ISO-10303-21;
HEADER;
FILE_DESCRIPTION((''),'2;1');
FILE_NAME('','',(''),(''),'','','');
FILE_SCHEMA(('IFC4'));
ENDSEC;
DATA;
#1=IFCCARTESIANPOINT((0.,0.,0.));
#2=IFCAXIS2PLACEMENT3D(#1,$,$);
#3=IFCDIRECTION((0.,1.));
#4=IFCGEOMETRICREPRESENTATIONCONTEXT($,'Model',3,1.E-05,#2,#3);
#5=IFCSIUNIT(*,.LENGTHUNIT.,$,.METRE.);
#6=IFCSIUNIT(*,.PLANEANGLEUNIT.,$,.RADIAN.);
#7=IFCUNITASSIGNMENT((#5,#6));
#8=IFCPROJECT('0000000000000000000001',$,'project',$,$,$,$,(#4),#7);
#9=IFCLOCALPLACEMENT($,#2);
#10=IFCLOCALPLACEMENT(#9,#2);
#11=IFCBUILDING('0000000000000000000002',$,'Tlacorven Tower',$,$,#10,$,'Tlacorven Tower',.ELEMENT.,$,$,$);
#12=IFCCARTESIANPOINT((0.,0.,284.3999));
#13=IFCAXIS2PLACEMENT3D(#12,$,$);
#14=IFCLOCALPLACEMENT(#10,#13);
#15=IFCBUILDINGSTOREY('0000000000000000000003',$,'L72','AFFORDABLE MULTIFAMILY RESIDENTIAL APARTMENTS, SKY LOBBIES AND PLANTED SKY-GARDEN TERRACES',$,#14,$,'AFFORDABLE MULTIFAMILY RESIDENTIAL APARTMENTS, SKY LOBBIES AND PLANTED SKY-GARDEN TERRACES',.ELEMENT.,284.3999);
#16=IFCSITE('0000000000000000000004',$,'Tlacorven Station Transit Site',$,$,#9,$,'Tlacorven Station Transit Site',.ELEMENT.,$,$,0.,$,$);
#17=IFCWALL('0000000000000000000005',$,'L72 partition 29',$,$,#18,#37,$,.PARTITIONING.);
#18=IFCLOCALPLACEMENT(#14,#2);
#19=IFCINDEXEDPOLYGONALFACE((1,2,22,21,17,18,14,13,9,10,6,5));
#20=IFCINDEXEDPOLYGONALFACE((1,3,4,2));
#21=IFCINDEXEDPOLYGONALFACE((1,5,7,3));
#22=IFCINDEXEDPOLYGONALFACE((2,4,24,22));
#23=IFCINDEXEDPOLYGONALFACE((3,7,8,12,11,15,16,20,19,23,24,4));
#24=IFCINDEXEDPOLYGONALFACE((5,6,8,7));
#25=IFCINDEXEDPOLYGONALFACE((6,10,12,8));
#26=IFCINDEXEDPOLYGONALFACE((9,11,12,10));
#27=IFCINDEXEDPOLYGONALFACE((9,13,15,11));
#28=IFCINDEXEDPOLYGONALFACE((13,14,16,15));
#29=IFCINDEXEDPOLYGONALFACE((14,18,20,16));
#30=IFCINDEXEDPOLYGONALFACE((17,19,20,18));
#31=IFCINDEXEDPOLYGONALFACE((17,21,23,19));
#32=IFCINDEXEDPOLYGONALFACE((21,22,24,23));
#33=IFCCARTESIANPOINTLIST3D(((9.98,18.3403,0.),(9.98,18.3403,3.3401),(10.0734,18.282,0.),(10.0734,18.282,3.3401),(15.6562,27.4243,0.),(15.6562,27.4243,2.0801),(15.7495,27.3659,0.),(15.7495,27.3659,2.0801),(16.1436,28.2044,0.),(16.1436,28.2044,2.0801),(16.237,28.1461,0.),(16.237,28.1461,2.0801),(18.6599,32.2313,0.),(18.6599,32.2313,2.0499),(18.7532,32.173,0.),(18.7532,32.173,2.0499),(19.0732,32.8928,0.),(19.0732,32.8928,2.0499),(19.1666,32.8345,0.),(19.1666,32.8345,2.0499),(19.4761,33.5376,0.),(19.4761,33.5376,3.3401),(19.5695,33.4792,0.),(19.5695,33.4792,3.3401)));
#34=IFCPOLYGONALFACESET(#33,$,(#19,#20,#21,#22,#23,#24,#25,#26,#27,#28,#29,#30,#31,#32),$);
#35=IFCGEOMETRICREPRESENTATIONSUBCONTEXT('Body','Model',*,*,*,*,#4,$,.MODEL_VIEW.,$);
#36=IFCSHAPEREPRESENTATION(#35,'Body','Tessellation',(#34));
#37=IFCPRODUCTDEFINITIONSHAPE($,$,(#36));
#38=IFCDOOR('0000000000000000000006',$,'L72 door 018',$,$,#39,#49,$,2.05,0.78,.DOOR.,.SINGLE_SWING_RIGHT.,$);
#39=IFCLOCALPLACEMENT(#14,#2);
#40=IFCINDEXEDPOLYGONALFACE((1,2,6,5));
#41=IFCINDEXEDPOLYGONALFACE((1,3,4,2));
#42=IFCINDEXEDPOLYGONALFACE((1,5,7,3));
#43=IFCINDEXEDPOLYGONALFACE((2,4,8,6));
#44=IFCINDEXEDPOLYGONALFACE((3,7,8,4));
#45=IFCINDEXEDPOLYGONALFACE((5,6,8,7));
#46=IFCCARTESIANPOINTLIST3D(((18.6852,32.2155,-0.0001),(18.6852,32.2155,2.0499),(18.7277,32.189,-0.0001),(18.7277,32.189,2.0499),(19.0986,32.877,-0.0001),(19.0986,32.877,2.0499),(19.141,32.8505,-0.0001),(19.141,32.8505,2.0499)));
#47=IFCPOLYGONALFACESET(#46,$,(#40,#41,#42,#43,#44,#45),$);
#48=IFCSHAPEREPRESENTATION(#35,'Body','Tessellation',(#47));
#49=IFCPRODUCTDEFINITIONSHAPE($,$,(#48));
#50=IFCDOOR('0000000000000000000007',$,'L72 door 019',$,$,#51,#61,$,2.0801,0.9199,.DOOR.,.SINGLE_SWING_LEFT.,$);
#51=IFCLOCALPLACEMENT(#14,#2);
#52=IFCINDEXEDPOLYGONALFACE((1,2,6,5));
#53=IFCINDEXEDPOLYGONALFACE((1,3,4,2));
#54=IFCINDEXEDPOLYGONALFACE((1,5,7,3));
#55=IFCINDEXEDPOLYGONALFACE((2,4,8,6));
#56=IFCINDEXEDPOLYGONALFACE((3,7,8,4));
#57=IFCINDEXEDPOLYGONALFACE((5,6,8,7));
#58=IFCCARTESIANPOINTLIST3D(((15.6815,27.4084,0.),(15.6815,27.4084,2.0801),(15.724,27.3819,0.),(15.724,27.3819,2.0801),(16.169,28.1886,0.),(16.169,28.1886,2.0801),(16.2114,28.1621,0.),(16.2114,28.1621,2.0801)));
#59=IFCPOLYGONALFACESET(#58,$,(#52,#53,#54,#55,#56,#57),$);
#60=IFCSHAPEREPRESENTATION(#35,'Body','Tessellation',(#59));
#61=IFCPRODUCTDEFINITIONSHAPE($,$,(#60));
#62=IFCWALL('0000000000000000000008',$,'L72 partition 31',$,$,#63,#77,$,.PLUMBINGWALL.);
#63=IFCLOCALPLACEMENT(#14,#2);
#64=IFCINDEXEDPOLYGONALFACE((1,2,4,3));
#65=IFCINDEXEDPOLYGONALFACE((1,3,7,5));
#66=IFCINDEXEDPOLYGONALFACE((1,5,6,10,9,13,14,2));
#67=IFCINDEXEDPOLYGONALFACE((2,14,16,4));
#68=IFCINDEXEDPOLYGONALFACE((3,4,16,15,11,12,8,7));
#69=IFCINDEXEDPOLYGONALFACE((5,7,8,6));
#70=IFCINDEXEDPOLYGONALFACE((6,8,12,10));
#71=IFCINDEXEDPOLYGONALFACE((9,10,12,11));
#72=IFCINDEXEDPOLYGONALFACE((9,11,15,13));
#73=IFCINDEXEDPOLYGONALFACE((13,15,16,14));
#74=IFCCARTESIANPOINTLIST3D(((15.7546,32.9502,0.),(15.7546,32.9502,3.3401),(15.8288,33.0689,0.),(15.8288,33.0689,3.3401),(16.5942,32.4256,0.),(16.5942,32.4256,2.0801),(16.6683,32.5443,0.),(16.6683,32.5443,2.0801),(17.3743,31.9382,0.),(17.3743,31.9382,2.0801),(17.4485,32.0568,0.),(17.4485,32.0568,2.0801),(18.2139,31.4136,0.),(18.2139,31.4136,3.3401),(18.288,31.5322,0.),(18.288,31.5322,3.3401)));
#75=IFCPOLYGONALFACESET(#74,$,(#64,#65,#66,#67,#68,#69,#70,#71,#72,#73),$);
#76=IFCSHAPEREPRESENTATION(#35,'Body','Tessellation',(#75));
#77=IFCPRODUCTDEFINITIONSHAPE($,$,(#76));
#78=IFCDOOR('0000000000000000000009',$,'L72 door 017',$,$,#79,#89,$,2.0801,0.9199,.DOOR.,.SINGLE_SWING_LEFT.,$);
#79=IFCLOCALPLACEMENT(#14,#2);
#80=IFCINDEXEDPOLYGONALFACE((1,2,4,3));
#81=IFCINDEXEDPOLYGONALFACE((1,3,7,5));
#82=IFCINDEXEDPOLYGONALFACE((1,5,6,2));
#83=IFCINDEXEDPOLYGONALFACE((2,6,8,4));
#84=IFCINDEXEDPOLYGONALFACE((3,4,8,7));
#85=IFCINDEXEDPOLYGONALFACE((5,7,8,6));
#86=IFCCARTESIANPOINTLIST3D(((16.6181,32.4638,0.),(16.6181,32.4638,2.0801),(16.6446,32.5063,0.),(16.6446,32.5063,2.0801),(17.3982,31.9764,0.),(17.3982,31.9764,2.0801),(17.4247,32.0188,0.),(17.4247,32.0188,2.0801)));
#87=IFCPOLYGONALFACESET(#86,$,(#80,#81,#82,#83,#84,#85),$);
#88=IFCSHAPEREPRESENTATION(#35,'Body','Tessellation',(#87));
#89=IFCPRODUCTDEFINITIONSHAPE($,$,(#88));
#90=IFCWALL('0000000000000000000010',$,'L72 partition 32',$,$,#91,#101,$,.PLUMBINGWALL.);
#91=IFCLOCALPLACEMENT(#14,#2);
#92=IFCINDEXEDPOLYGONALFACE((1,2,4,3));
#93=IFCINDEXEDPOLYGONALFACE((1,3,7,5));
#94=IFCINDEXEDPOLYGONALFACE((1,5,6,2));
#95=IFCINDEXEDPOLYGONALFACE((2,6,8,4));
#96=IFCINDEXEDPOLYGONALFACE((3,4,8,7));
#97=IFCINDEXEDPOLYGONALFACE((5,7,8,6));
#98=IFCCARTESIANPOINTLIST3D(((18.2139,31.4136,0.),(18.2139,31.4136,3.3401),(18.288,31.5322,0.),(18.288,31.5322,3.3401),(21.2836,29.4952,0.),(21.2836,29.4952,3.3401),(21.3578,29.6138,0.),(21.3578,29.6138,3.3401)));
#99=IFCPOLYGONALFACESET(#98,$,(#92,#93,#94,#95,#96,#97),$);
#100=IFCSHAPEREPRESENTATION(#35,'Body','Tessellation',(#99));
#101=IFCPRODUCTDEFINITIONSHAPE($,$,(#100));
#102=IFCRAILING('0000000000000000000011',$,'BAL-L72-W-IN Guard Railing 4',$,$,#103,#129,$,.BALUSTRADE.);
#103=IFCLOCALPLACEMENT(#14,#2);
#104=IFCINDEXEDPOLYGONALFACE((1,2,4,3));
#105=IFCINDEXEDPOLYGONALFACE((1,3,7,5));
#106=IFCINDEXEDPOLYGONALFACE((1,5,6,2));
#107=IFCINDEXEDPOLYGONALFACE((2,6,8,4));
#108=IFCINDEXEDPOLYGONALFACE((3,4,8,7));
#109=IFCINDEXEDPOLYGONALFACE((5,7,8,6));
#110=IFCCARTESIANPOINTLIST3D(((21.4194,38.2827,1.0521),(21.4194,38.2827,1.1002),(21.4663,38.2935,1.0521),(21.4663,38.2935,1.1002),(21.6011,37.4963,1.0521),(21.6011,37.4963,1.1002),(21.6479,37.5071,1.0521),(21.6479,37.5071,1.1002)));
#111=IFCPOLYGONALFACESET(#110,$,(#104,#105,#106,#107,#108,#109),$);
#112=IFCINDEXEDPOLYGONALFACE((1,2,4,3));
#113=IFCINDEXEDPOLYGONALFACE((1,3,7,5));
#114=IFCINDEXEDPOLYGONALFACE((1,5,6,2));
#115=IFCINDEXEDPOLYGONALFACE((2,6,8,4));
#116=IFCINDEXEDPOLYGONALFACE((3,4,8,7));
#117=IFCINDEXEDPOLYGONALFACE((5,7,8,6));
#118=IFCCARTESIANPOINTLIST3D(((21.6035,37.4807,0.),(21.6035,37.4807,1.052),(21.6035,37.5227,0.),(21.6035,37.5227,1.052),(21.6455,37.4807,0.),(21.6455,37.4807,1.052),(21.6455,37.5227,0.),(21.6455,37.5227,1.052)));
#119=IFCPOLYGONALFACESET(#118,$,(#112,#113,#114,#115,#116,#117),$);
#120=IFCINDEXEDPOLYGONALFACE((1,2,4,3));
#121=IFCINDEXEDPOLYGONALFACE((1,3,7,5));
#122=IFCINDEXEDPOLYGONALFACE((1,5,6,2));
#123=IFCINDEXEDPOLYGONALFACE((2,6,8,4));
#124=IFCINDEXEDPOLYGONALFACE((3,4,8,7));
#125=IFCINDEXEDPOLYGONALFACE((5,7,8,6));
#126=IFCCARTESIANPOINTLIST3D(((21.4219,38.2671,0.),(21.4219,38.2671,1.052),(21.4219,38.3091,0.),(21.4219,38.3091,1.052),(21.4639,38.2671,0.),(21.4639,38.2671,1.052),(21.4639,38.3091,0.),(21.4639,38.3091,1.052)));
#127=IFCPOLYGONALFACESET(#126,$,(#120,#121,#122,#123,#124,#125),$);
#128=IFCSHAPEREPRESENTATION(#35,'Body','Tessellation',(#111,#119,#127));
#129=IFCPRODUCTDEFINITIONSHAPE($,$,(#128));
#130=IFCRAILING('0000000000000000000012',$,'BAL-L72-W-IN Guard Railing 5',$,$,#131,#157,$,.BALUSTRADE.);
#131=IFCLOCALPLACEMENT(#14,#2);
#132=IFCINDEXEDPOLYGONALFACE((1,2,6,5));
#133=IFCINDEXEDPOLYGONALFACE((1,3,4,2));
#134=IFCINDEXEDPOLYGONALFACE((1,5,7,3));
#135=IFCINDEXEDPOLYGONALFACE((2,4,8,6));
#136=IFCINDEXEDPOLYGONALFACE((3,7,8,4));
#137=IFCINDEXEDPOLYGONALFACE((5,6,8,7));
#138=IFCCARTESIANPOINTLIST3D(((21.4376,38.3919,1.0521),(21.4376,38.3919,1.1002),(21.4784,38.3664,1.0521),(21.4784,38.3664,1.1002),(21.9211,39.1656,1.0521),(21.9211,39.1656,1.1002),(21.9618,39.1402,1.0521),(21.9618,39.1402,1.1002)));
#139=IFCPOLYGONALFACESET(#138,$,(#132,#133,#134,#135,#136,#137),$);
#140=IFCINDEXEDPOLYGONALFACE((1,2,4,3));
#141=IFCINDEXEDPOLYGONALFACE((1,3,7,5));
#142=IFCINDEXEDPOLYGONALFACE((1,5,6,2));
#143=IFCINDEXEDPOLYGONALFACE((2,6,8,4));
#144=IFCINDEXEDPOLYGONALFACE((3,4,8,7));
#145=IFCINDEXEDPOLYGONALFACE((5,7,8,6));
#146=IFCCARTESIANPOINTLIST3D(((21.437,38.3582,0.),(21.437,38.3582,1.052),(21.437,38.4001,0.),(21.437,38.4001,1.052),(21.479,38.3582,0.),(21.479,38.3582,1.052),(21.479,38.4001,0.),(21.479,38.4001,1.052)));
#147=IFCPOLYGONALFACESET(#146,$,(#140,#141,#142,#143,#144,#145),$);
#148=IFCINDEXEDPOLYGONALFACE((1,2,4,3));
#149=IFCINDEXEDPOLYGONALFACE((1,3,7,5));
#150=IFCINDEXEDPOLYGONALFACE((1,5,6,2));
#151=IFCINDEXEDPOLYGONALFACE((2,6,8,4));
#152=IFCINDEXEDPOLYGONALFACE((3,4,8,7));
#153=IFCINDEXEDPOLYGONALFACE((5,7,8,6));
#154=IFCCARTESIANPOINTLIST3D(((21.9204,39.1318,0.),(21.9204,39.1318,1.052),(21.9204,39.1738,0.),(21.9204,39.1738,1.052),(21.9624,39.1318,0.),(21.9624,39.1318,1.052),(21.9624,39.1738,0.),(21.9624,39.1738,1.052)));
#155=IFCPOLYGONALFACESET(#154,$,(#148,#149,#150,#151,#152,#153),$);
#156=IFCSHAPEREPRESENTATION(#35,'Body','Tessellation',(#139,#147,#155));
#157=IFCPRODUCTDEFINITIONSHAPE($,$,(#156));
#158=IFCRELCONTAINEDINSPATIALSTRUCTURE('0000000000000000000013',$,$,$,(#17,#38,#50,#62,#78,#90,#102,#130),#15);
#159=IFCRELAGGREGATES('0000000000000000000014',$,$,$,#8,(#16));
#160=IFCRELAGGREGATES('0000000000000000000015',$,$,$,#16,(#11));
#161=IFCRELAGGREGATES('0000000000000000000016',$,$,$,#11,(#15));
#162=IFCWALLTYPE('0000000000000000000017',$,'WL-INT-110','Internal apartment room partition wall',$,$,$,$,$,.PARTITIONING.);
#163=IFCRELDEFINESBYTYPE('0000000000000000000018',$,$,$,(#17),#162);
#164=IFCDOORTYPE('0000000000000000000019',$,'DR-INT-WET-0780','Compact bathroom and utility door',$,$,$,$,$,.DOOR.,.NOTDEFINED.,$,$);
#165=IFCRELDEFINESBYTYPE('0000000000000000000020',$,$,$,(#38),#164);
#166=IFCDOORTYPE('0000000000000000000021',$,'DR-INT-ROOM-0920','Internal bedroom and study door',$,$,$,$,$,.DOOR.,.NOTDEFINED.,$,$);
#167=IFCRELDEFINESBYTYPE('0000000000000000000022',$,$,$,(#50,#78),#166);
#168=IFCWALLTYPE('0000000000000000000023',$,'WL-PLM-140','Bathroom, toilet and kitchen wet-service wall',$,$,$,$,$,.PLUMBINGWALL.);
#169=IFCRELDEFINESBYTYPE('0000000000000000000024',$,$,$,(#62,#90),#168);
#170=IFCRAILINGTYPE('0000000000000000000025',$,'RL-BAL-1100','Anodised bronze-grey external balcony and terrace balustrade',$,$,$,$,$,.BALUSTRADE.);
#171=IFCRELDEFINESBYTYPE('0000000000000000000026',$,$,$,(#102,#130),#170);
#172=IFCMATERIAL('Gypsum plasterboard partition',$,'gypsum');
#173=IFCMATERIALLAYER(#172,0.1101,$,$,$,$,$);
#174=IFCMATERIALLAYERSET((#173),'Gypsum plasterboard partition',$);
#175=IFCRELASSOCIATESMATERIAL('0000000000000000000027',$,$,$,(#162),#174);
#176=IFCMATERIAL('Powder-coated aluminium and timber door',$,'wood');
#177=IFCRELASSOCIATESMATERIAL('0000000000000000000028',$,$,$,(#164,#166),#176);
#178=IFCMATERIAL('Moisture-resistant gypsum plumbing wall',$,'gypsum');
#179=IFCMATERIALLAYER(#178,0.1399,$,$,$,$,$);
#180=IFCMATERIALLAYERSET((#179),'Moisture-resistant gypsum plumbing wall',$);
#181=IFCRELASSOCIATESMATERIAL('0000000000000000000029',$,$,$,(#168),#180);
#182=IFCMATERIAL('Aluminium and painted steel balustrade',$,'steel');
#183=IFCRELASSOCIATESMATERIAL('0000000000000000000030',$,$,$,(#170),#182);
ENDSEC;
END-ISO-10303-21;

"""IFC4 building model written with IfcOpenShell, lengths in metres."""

from ifc_helpers import new_model, si_unit, direction, frame, frame_2d, origin, origin_2d, place, context, subcontext, project, spatial, rectangle, extrude, source, transform, mapped, material, layer, layer_set, type_object, element, fill, save


model = new_model("IFC4")

# Units and contexts
model_context = context("Model", 3, precision=1e-05, world=origin(), true_north=direction((0.0, 1.0)))
body_context = subcontext(model_context, "Body", "Model", "MODEL_VIEW")
ifc_project = project(units=[si_unit("LENGTHUNIT", "METRE"), si_unit("PLANEANGLEUNIT", "RADIAN")], contexts=[model_context])

# Site, building, storey
site_placement = place(None, origin())
site = spatial("IfcSite", under=ifc_project, at=site_placement, Name="Tlacorven Station Transit Site", LongName="Tlacorven Station Transit Site", CompositionType="ELEMENT", RefElevation=0.0)
building_placement = place(site_placement, origin())
building = spatial("IfcBuilding", under=site, at=building_placement, Name="Tlacorven Tower", LongName="Tlacorven Tower", CompositionType="ELEMENT")
storey_placement = place(building_placement, frame((0.0, 0.0, 284.3999)))
storey = spatial("IfcBuildingStorey", under=building, at=storey_placement, Name="L72", Description="AFFORDABLE MULTIFAMILY RESIDENTIAL APARTMENTS, SKY LOBBIES AND PLANTED SKY-GARDEN TERRACES", LongName="AFFORDABLE MULTIFAMILY RESIDENTIAL APARTMENTS, SKY LOBBIES AND PLANTED SKY-GARDEN TERRACES", CompositionType="ELEMENT", Elevation=284.3999)

# Shared definitions
ifc_material_1 = material(Name="Powder-coated aluminium and timber door", Category="wood")

# Wall, openings, doors
ifc_material_2 = material(Name="Gypsum plasterboard partition", Category="gypsum")
ifc_layer_1 = layer(ifc_material_2, 0.1101)
ifc_layer_set_1 = layer_set([ifc_layer_1], Name="Gypsum plasterboard partition")
wall_type_1 = type_object("IfcWallType", Name="WL-INT-110", Description="Internal apartment room partition wall", PredefinedType="PARTITIONING", material=ifc_layer_set_1)
wall_1_placement = place(storey_placement, frame((19.5227, 33.5083, 0.0), z_axis=(0.0, 0.0, 1.0), x_axis=(-0.529911, -0.848053, 0.0)))
wall_1 = element("IfcWall", 1, at=wall_1_placement, inside=storey, type_object=wall_type_1, Name="L72 partition 29", PredefinedType="PARTITIONING", context=body_context, shape_type="SweptSolid", body=[
    extrude(rectangle(XDim=17.9202, YDim=0.1101, at=frame_2d((8.96, 0.0))), origin(), (0.0, 0.0, 1.0), 3.3401),
])
opening_1_placement = place(wall_1_placement, frame((0.76, 0.0, 0.0)))
opening_1 = element("IfcOpeningElement", 2, at=opening_1_placement, cuts=wall_1, PredefinedType="OPENING", context=body_context, shape_type="SweptSolid", body=[
    extrude(rectangle(XDim=0.78, YDim=2.05, at=frame_2d((0.3901, 1.0249))), frame((0.0, 0.0649, 0.0), z_axis=(0.0, -1.0, 0.0), x_axis=(1.0, 0.0, 0.0)), (0.0, 0.0, 1.0), 0.1301),
])
opening_2_placement = place(wall_1_placement, frame((6.2886, 0.0, 0.0)))
opening_2 = element("IfcOpeningElement", 3, at=opening_2_placement, cuts=wall_1, PredefinedType="OPENING", context=body_context, shape_type="SweptSolid", body=[
    extrude(rectangle(XDim=0.9199, YDim=2.0801, at=frame_2d((0.46, 1.04))), frame((0.0, 0.0649, 0.0), z_axis=(0.0, -1.0, 0.0), x_axis=(1.0, 0.0, 0.0)), (0.0, 0.0, 1.0), 0.1301),
])
door_type_1 = type_object("IfcDoorType", Name="DR-INT-WET-0780", Description="Compact bathroom and utility door", OperationType="NOTDEFINED", PredefinedType="DOOR", material=ifc_material_1)
shared_shape_1 = source(origin(), body_context, "Body", "SweptSolid", [
    extrude(rectangle(XDim=0.78, YDim=2.05, at=frame_2d((0.3901, 1.0249))), frame((0.0, 0.0249, 0.0), z_axis=(0.0, -1.0, 0.0), x_axis=(1.0, 0.0, 0.0)), (0.0, 0.0, 1.0), 0.05),
])
door_1_placement = place(opening_1_placement, origin())
door_1 = element("IfcDoor", 4, at=door_1_placement, inside=storey, type_object=door_type_1, Name="L72 door 018", OperationType="SINGLE_SWING_RIGHT", OverallHeight=2.05, OverallWidth=0.78, PredefinedType="DOOR", context=body_context, shape_type="MappedRepresentation", body=[
    mapped(shared_shape_1, transform((0.0, 0.0, 0.0), scale=1.0)),
])
fill(opening_1, door_1)
door_type_2 = type_object("IfcDoorType", Name="DR-INT-ROOM-0920", Description="Internal bedroom and study door", OperationType="NOTDEFINED", PredefinedType="DOOR", material=ifc_material_1)
shared_shape_2 = source(origin(), body_context, "Body", "SweptSolid", [
    extrude(rectangle(XDim=0.9199, YDim=2.0801, at=frame_2d((0.46, 1.04))), frame((0.0, 0.0249, 0.0), z_axis=(0.0, -1.0, 0.0), x_axis=(1.0, 0.0, 0.0)), (0.0, 0.0, 1.0), 0.05),
])
door_2_placement = place(opening_2_placement, origin())
door_2 = element("IfcDoor", 5, at=door_2_placement, inside=storey, type_object=door_type_2, Name="L72 door 019", OperationType="SINGLE_SWING_LEFT", OverallHeight=2.0801, OverallWidth=0.9199, PredefinedType="DOOR", context=body_context, shape_type="MappedRepresentation", body=[
    mapped(shared_shape_2, transform((0.0, 0.0, 0.0), scale=1.0)),
])
fill(opening_2, door_2)

# Wall, opening, door
ifc_material_3 = material(Name="Moisture-resistant gypsum plumbing wall", Category="gypsum")
ifc_layer_2 = layer(ifc_material_3, 0.1399)
ifc_layer_set_2 = layer_set([ifc_layer_2], Name="Moisture-resistant gypsum plumbing wall")
wall_type_2 = type_object("IfcWallType", Name="WL-PLM-140", Description="Bathroom, toilet and kitchen wet-service wall", PredefinedType="PLUMBINGWALL", material=ifc_layer_set_2)
wall_2_placement = place(storey_placement, frame((18.251, 31.4729, 0.0), z_axis=(0.0, 0.0, 1.0), x_axis=(-0.84806, 0.529901, 0.0)))
wall_2 = element("IfcWall", 6, at=wall_2_placement, inside=storey, type_object=wall_type_2, Name="L72 partition 31", PredefinedType="PLUMBINGWALL", context=body_context, shape_type="SweptSolid", body=[
    extrude(rectangle(XDim=2.8999, YDim=0.1399, at=frame_2d((1.45, 0.0))), origin(), (0.0, 0.0, 1.0), 3.3401),
])
opening_3_placement = place(wall_2_placement, frame((0.99, 0.0, 0.0)))
opening_3 = element("IfcOpeningElement", 7, at=opening_3_placement, cuts=wall_2, PredefinedType="OPENING", context=body_context, shape_type="SweptSolid", body=[
    extrude(rectangle(XDim=0.9199, YDim=2.0801, at=frame_2d((0.46, 1.04))), frame((0.0, 0.0801, 0.0), z_axis=(0.0, -1.0, 0.0), x_axis=(1.0, 0.0, 0.0)), (0.0, 0.0, 1.0), 0.1599),
])
door_3_placement = place(opening_3_placement, origin())
door_3 = element("IfcDoor", 8, at=door_3_placement, inside=storey, type_object=door_type_2, Name="L72 door 017", OperationType="SINGLE_SWING_LEFT", OverallHeight=2.0801, OverallWidth=0.9199, PredefinedType="DOOR", context=body_context, shape_type="MappedRepresentation", body=[
    mapped(shared_shape_2, transform((0.0, 0.0, 0.0), scale=1.0)),
])
fill(opening_3, door_3)

# Wall
wall_3_placement = place(storey_placement, frame((21.3208, 29.5544, 0.0), z_axis=(0.0, 0.0, 1.0), x_axis=(-0.848021, 0.529963, 0.0)))
element("IfcWall", 9, at=wall_3_placement, inside=storey, type_object=wall_type_2, Name="L72 partition 32", PredefinedType="PLUMBINGWALL", context=body_context, shape_type="SweptSolid", body=[
    extrude(rectangle(XDim=3.6199, YDim=0.1399, at=frame_2d((1.8101, 0.0))), origin(), (0.0, 0.0, 1.0), 3.3401),
])

# Railings
ifc_material_4 = material(Name="Aluminium and painted steel balustrade", Category="steel")
railing_type = type_object("IfcRailingType", Name="RL-BAL-1100", Description="Anodised bronze-grey external balcony and terrace balustrade", PredefinedType="BALUSTRADE", material=ifc_material_4)
shared_shape_3 = source(origin(), body_context, "Body", "SweptSolid", [
    extrude(rectangle(XDim=0.0481, YDim=0.0481, at=origin_2d()), frame((0.0, 0.0, 1.0762), z_axis=(-0.225058, 0.974345, 0.0), x_axis=(-0.974345, -0.225058, 0.0)), (0.0, 0.0, 1.0), 0.8071),
    extrude(rectangle(XDim=0.042, YDim=0.042, at=origin_2d()), origin(), (0.0, 0.0, 1.0), 1.052),
    extrude(rectangle(XDim=0.042, YDim=0.042, at=origin_2d()), frame((-0.1816, 0.7864, 0.0)), (0.0, 0.0, 1.0), 1.052),
])
railing_1_placement = place(storey_placement, frame((21.6245, 37.5017, 0.0)))
element("IfcRailing", 10, at=railing_1_placement, inside=storey, type_object=railing_type, Name="BAL-L72-W-IN Guard Railing 4", PredefinedType="BALUSTRADE", context=body_context, shape_type="MappedRepresentation", body=[
    mapped(shared_shape_3, transform((0.0, 0.0, 0.0), scale=1.0)),
])
shared_shape_4 = source(origin(), body_context, "Body", "SweptSolid", [
    extrude(rectangle(XDim=0.0481, YDim=0.0481, at=origin_2d()), frame((0.0, 0.0, 1.0762), z_axis=(0.529879, 0.848073, 0.0), x_axis=(-0.848073, 0.529879, 0.0)), (0.0, 0.0, 1.0), 0.9124),
    extrude(rectangle(XDim=0.042, YDim=0.042, at=origin_2d()), origin(), (0.0, 0.0, 1.0), 1.052),
    extrude(rectangle(XDim=0.042, YDim=0.042, at=origin_2d()), frame((0.4834, 0.7737, 0.0)), (0.0, 0.0, 1.0), 1.052),
])
railing_2_placement = place(storey_placement, frame((21.458, 38.3792, 0.0)))
element("IfcRailing", 11, at=railing_2_placement, inside=storey, type_object=railing_type, Name="BAL-L72-W-IN Guard Railing 5", PredefinedType="BALUSTRADE", context=body_context, shape_type="MappedRepresentation", body=[
    mapped(shared_shape_4, transform((0.0, 0.0, 0.0), scale=1.0)),
])

save(model, "model.ifc")
